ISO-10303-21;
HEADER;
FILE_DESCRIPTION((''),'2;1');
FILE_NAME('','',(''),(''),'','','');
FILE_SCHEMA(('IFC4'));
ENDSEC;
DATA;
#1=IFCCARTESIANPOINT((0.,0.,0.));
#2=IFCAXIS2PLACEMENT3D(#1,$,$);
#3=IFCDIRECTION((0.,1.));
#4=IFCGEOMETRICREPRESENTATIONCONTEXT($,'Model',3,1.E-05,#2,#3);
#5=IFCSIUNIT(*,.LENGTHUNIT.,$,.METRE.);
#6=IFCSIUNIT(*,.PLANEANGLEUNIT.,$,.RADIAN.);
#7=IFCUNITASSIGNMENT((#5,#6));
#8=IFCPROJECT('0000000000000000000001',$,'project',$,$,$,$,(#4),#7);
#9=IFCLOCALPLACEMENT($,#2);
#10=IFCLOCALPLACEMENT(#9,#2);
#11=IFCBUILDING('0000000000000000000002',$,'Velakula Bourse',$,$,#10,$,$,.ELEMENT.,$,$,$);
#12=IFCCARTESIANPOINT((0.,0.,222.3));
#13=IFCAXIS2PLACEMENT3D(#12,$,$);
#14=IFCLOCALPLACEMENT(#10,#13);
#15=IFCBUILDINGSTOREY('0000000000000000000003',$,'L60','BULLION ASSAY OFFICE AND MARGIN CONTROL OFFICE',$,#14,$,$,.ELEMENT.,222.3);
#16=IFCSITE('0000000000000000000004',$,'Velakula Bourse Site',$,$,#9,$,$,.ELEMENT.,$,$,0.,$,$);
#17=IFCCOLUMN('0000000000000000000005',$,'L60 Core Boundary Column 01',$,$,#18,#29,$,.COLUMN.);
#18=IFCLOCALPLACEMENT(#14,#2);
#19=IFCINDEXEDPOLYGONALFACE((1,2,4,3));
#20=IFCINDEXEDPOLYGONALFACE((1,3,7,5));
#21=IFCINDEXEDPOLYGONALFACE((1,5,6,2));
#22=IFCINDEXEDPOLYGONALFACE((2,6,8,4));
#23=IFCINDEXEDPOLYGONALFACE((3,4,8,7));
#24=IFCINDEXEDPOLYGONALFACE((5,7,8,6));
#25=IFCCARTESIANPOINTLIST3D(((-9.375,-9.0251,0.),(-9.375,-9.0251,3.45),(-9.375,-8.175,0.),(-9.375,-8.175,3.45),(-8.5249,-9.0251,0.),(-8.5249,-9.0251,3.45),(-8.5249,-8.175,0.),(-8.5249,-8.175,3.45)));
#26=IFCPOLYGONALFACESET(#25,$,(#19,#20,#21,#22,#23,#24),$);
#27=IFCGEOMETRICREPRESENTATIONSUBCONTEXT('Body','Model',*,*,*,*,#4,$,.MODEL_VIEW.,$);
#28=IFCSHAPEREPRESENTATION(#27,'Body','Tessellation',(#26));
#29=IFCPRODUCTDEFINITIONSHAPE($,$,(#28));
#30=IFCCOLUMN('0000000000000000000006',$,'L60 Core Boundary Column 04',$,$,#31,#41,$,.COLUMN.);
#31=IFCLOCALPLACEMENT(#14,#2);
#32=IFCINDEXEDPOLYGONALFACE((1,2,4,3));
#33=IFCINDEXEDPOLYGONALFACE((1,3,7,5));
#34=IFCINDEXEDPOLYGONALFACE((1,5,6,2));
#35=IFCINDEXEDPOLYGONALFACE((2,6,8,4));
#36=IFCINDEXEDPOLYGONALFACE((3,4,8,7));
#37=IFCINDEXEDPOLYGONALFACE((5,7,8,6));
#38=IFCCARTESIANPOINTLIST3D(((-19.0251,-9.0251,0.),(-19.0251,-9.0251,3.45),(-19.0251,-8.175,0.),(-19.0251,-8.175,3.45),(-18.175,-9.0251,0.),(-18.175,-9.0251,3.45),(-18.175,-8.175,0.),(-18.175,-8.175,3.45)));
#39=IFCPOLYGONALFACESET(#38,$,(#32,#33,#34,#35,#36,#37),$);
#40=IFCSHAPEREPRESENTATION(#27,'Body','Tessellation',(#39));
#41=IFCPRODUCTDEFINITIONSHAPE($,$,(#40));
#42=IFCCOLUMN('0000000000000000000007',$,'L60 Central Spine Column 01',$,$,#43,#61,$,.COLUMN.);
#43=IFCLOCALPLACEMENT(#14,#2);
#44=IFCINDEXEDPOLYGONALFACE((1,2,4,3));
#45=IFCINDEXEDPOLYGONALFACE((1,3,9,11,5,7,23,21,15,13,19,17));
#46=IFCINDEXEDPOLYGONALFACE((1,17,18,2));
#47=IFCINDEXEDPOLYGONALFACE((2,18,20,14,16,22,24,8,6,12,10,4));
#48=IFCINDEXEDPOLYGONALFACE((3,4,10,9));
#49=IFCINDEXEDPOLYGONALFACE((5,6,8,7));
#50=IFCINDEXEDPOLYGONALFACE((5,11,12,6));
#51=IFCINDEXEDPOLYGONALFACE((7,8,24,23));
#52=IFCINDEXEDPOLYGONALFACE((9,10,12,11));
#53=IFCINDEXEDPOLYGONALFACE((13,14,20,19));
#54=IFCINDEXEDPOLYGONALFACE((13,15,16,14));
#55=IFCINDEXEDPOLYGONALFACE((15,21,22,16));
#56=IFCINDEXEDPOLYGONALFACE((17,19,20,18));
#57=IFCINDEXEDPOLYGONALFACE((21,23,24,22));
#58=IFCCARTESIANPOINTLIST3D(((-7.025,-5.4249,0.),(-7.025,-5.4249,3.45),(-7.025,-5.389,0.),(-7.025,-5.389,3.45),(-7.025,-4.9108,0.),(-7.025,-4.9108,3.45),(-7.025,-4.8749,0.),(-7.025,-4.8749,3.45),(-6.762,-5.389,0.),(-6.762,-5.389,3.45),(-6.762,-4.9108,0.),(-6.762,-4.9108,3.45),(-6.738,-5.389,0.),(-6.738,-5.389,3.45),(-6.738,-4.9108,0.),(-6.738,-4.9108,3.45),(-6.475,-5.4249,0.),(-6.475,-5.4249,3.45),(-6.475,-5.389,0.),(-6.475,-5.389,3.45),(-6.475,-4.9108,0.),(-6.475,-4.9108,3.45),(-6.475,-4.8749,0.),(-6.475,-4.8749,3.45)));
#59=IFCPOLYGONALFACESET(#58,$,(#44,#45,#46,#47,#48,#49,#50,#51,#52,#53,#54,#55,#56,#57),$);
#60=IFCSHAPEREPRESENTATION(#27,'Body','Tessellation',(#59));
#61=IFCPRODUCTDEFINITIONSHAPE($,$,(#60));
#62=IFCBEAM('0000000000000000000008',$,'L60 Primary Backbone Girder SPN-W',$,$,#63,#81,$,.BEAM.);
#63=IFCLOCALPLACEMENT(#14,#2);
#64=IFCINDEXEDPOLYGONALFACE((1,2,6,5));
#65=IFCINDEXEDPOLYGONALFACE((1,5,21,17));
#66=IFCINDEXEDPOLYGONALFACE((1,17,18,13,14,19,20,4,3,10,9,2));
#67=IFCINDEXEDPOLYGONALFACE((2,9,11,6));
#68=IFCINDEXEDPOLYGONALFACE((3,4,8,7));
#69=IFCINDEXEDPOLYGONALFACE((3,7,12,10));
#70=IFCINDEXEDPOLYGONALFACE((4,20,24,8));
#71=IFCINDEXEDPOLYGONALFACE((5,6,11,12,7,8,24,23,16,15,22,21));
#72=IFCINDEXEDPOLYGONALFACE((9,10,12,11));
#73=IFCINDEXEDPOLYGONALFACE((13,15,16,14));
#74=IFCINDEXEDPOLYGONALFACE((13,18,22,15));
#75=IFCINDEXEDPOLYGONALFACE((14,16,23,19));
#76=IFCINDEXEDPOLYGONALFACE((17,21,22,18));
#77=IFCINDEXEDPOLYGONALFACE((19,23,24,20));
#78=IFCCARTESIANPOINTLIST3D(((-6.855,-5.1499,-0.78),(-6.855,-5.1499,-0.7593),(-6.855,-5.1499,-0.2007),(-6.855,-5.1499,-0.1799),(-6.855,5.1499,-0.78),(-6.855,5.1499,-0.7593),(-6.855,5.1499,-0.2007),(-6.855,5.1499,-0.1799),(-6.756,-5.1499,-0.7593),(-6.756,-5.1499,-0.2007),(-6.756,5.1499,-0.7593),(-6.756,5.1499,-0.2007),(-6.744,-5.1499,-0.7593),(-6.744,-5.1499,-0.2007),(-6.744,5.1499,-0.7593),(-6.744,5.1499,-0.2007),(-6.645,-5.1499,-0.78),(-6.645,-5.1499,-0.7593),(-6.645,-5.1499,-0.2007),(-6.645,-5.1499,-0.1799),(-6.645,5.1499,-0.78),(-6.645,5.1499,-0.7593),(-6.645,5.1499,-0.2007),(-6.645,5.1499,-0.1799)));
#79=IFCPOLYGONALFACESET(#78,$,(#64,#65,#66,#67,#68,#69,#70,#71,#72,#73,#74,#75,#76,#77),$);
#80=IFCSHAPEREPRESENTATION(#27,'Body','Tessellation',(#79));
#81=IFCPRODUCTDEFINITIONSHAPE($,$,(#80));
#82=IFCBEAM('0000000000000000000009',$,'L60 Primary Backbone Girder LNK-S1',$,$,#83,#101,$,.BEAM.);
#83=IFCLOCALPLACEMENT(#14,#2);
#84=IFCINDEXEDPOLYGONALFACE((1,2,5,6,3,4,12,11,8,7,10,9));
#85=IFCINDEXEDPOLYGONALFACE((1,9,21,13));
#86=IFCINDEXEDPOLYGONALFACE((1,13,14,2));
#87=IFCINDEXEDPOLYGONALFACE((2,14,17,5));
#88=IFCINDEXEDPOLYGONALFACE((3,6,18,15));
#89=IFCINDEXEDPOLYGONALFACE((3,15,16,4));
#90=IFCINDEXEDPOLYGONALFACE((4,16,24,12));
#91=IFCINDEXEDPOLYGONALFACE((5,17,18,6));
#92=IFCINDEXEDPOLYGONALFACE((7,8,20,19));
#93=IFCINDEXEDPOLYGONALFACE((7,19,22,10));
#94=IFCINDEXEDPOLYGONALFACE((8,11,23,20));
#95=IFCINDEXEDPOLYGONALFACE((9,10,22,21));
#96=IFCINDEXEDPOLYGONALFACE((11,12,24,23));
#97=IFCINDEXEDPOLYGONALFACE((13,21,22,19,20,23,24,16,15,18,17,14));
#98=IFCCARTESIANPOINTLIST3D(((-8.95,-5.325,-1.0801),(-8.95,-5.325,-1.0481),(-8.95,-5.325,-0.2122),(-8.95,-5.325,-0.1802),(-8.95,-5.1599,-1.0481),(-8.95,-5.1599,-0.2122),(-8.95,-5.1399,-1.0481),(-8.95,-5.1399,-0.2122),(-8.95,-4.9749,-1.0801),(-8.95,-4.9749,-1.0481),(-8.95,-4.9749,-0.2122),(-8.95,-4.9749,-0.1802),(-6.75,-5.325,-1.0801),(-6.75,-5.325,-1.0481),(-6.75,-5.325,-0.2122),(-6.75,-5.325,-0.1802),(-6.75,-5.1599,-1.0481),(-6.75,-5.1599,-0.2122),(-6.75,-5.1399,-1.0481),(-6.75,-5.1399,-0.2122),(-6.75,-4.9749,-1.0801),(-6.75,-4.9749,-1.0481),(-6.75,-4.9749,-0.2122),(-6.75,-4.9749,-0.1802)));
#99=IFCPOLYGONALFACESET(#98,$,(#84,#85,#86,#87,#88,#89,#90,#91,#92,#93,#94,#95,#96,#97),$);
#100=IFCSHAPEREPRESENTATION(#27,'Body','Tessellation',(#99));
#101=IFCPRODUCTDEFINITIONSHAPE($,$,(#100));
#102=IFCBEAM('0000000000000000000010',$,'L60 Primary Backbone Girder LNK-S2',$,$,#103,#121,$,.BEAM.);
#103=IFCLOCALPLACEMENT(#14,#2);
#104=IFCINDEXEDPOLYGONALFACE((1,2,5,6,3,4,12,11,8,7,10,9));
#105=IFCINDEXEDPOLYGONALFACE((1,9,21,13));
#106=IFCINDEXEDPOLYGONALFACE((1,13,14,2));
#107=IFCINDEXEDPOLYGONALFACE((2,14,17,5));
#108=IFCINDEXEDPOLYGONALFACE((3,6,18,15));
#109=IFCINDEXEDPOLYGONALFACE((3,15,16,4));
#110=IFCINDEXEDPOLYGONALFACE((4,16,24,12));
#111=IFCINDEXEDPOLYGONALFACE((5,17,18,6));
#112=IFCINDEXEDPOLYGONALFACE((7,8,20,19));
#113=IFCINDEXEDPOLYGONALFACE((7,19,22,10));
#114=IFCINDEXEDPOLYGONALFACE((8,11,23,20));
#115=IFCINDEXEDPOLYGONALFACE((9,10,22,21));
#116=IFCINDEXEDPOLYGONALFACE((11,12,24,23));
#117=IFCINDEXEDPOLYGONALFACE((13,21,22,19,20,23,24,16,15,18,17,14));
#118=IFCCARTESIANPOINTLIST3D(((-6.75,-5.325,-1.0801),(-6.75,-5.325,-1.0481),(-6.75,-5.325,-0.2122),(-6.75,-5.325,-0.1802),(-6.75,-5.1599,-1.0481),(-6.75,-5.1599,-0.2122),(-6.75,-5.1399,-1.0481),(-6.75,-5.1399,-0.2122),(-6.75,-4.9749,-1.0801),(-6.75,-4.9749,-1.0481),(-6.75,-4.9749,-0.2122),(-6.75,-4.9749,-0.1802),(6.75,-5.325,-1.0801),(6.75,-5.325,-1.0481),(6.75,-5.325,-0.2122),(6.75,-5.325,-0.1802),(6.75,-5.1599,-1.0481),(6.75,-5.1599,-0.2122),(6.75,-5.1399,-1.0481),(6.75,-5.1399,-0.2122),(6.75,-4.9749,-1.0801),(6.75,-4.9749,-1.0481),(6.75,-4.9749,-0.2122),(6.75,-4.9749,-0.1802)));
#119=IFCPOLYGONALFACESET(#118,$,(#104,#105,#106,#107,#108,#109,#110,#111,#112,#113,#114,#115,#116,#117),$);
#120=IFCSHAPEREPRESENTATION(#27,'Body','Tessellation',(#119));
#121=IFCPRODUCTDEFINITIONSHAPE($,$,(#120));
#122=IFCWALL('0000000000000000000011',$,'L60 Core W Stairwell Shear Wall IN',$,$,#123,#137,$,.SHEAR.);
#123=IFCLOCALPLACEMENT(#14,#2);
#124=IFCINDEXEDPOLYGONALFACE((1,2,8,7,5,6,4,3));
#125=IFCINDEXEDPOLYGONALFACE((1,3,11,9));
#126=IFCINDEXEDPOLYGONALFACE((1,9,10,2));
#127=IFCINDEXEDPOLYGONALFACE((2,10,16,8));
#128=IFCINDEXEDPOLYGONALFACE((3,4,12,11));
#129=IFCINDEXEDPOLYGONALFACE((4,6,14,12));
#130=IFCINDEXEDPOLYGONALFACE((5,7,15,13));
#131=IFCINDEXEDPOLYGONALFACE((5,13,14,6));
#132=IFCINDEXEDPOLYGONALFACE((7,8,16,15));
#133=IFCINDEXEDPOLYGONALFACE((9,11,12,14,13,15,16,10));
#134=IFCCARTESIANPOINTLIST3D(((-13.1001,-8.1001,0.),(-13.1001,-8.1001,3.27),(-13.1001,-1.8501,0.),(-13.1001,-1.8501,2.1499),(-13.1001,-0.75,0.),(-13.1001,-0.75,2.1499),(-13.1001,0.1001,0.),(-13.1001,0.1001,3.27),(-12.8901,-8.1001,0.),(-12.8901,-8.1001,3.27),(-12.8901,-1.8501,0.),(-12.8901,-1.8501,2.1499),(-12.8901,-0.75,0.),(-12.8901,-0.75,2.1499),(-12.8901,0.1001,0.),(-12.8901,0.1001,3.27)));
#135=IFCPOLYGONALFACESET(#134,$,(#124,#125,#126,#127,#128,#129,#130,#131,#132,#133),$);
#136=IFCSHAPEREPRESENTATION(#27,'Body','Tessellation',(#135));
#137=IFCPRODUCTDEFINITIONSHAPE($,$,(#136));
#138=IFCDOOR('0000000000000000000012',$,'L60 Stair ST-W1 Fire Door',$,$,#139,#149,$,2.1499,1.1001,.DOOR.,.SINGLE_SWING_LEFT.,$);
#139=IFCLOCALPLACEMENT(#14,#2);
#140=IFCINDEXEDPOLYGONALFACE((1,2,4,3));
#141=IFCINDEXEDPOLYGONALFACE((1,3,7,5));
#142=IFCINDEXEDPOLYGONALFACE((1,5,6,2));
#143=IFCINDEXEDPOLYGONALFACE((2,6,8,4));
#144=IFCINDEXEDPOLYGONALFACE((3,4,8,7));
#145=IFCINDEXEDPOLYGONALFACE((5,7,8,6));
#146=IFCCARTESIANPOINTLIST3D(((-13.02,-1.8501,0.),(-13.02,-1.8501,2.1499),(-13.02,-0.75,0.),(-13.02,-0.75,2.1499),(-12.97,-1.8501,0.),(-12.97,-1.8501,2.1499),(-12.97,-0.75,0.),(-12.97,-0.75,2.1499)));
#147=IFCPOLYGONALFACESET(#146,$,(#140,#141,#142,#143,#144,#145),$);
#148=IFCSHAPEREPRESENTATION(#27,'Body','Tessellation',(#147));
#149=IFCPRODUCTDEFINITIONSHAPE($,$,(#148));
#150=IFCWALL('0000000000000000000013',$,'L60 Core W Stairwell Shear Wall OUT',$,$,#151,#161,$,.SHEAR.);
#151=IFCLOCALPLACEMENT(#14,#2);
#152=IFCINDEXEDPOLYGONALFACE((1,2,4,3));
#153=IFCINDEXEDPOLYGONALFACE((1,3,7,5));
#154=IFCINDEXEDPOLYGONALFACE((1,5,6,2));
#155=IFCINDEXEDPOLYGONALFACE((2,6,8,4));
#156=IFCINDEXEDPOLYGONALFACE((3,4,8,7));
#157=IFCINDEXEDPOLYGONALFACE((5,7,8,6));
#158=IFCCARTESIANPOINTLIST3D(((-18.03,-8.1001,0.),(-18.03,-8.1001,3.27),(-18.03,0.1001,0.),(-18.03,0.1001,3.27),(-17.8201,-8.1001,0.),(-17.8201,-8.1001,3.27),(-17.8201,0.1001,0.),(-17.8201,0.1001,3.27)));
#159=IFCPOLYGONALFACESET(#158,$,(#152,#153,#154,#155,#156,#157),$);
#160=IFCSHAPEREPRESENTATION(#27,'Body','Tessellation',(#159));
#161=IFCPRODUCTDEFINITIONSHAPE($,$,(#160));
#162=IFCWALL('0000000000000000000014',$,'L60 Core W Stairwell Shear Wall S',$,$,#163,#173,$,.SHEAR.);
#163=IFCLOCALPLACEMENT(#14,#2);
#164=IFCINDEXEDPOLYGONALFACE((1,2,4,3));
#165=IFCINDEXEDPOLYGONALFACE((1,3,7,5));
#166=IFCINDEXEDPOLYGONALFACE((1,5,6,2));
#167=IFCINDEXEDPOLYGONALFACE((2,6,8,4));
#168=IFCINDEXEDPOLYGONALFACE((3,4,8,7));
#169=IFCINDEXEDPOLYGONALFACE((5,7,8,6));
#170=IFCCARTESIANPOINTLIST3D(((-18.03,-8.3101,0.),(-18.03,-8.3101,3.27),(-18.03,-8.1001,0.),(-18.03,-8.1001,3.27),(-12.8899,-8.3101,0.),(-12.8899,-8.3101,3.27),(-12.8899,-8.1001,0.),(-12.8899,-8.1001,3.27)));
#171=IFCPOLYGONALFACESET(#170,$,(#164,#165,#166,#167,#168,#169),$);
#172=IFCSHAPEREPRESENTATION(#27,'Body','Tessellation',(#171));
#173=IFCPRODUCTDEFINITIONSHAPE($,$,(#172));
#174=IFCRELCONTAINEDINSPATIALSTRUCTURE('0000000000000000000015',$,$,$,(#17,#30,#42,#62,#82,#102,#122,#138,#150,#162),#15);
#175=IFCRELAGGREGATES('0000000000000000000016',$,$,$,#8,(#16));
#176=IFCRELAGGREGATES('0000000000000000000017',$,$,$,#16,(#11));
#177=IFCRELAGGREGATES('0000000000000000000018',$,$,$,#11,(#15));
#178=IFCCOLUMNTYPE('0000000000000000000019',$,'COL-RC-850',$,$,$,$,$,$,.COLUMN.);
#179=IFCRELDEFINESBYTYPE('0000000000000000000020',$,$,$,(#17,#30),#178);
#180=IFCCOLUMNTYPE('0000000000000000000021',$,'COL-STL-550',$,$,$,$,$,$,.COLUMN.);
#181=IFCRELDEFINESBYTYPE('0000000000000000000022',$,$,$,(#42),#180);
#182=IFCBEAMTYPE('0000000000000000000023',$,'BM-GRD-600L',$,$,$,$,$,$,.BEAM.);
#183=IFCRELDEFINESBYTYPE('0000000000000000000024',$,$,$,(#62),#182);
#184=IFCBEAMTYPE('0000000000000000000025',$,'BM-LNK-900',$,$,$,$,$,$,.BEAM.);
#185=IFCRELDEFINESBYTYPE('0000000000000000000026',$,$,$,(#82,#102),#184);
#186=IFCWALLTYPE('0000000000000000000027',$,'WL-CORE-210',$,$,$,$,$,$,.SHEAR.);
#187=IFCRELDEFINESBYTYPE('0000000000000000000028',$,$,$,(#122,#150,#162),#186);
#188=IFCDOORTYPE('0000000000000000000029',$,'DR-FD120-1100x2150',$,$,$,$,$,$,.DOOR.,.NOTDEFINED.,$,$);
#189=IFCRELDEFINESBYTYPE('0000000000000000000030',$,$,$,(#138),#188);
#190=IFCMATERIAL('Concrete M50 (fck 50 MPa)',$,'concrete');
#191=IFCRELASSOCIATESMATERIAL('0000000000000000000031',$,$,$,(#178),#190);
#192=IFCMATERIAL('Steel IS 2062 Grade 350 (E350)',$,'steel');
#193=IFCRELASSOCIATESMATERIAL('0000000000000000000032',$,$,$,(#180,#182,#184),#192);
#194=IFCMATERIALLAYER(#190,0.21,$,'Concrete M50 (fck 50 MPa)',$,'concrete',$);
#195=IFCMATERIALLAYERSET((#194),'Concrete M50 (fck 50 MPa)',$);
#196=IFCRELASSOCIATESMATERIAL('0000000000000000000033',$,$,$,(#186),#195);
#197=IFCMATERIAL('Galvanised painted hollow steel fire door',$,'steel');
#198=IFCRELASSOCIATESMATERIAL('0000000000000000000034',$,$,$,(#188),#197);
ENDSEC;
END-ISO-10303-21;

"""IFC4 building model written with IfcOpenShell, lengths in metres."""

from ifc_helpers import new_model, si_unit, direction, frame, frame_2d, origin, origin_2d, place, context, subcontext, project, spatial, rectangle, i_section, extrude, material, layer, layer_set, material_profile, profile_set, type_object, element, fill, save


model = new_model("IFC4")

# Units and contexts
model_context = context("Model", 3, precision=1e-05, world=origin(), true_north=direction((0.0, 1.0)))
body_context = subcontext(model_context, "Body", "Model", "MODEL_VIEW")
ifc_project = project(units=[si_unit("LENGTHUNIT", "METRE"), si_unit("PLANEANGLEUNIT", "RADIAN")], contexts=[model_context])

# Site, building, storey
site_placement = place(None, origin())
site = spatial("IfcSite", under=ifc_project, at=site_placement, Name="Velakula Bourse Site", CompositionType="ELEMENT", RefElevation=0.0)
building_placement = place(site_placement, origin())
building = spatial("IfcBuilding", under=site, at=building_placement, Name="Velakula Bourse", CompositionType="ELEMENT")
storey_placement = place(building_placement, frame((0.0, 0.0, 222.3)))
storey = spatial("IfcBuildingStorey", under=building, at=storey_placement, Name="L60", Description="BULLION ASSAY OFFICE AND MARGIN CONTROL OFFICE", CompositionType="ELEMENT", Elevation=222.3)

# Columns
ifc_material_1 = material(Name="Concrete M50 (fck 50 MPa)", Category="concrete")
ifc_material_profile_1 = material_profile(ifc_material_1, rectangle(XDim=0.8501, YDim=0.8501, at=origin_2d()), Name="Concrete M50 (fck 50 MPa)")
ifc_profile_set_1 = profile_set([ifc_material_profile_1], Name="Concrete M50 (fck 50 MPa)")
column_type_1 = type_object("IfcColumnType", Name="COL-RC-850", PredefinedType="COLUMN", material=ifc_profile_set_1)
for number, where, z_axis, x_axis, name in (
    (1, (-8.95, -8.6001, 0.0), (0.0, 0.0, 1.0), (1.0, 0.0, 0.0), "L60 Core Boundary Column 01"),
    (2, (-18.6001, -8.6001, 0.0), (0.0, 0.0, 1.0), (1.0, 0.0, 0.0), "L60 Core Boundary Column 04"),
):
    element("IfcColumn", number, at=place(storey_placement, frame(where, z_axis=z_axis, x_axis=x_axis)), inside=storey, type_object=column_type_1, Name=name, PredefinedType="COLUMN", context=body_context, shape_type="SweptSolid", body=[
        extrude(rectangle(XDim=0.8501, YDim=0.8501, at=origin_2d()), origin(), (0.0, 0.0, 1.0), 3.45),
    ])
ifc_material_2 = material(Name="Steel IS 2062 Grade 350 (E350)", Category="steel")
ifc_material_profile_2 = material_profile(ifc_material_2, i_section(OverallWidth=0.55, OverallDepth=0.55, WebThickness=0.0239, FlangeThickness=0.0359, at=origin_2d()), Name="Steel IS 2062 Grade 350 (E350)")
ifc_profile_set_2 = profile_set([ifc_material_profile_2], Name="Steel IS 2062 Grade 350 (E350)")
column_type_2 = type_object("IfcColumnType", Name="COL-STL-550", PredefinedType="COLUMN", material=ifc_profile_set_2)
column_placement = place(storey_placement, frame((-6.75, -5.1499, 0.0), z_axis=(0.0, 0.0, 1.0), x_axis=(1.0, 0.0, 0.0)))
element("IfcColumn", 3, at=column_placement, inside=storey, type_object=column_type_2, Name="L60 Central Spine Column 01", PredefinedType="COLUMN", context=body_context, shape_type="SweptSolid", body=[
    extrude(i_section(OverallWidth=0.55, OverallDepth=0.55, WebThickness=0.0239, FlangeThickness=0.0359, at=origin_2d()), origin(), (0.0, 0.0, 1.0), 3.45),
])

# Beams
ifc_material_profile_3 = material_profile(ifc_material_2, i_section(OverallWidth=0.21, OverallDepth=0.6001, WebThickness=0.012, FlangeThickness=0.0208, at=origin_2d()), Name="Steel IS 2062 Grade 350 (E350)")
ifc_profile_set_3 = profile_set([ifc_material_profile_3], Name="Steel IS 2062 Grade 350 (E350)")
beam_type_1 = type_object("IfcBeamType", Name="BM-GRD-600L", PredefinedType="BEAM", material=ifc_profile_set_3)
beam_1_placement = place(storey_placement, frame((-6.75, -5.1499, -0.48), z_axis=(0.0, 1.0, 0.0), x_axis=(-1.0, 0.0, 0.0)))
element("IfcBeam", 4, at=beam_1_placement, inside=storey, type_object=beam_type_1, Name="L60 Primary Backbone Girder SPN-W", PredefinedType="BEAM", context=body_context, shape_type="SweptSolid", body=[
    extrude(i_section(OverallWidth=0.21, OverallDepth=0.6001, WebThickness=0.012, FlangeThickness=0.0208, at=origin_2d()), origin(), (0.0, 0.0, 1.0), 10.2998),
])
ifc_material_profile_4 = material_profile(ifc_material_2, i_section(OverallWidth=0.3501, OverallDepth=0.8999, WebThickness=0.02, FlangeThickness=0.032, at=origin_2d()), Name="Steel IS 2062 Grade 350 (E350)")
ifc_profile_set_4 = profile_set([ifc_material_profile_4], Name="Steel IS 2062 Grade 350 (E350)")
beam_type_2 = type_object("IfcBeamType", Name="BM-LNK-900", PredefinedType="BEAM", material=ifc_profile_set_4)
beam_2_placement = place(storey_placement, frame((-8.95, -5.1499, -0.6301), z_axis=(1.0, 0.0, 0.0), x_axis=(0.0, 1.0, 0.0)))
element("IfcBeam", 5, at=beam_2_placement, inside=storey, type_object=beam_type_2, Name="L60 Primary Backbone Girder LNK-S1", PredefinedType="BEAM", context=body_context, shape_type="SweptSolid", body=[
    extrude(i_section(OverallWidth=0.3501, OverallDepth=0.8999, WebThickness=0.02, FlangeThickness=0.032, at=origin_2d()), origin(), (0.0, 0.0, 1.0), 2.2),
])
beam_3_placement = place(storey_placement, frame((-6.75, -5.1499, -0.6301), z_axis=(1.0, 0.0, 0.0), x_axis=(0.0, 1.0, 0.0)))
element("IfcBeam", 6, at=beam_3_placement, inside=storey, type_object=beam_type_2, Name="L60 Primary Backbone Girder LNK-S2", PredefinedType="BEAM", context=body_context, shape_type="SweptSolid", body=[
    extrude(i_section(OverallWidth=0.3501, OverallDepth=0.8999, WebThickness=0.02, FlangeThickness=0.032, at=origin_2d()), origin(), (0.0, 0.0, 1.0), 13.5),
])

# Wall, opening, door
ifc_layer_1 = layer(ifc_material_1, 0.21, Name="Concrete M50 (fck 50 MPa)", Category="concrete")
ifc_layer_set_1 = layer_set([ifc_layer_1], Name="Concrete M50 (fck 50 MPa)")
wall_type_1 = type_object("IfcWallType", Name="WL-CORE-210", PredefinedType="SHEAR", material=ifc_layer_set_1)
wall_1_placement = place(storey_placement, frame((-12.9951, -8.1001, 0.0), z_axis=(0.0, 0.0, 1.0), x_axis=(0.0, 1.0, 0.0)))
wall_1 = element("IfcWall", 7, at=wall_1_placement, inside=storey, type_object=wall_type_1, Name="L60 Core W Stairwell Shear Wall IN", PredefinedType="SHEAR", context=body_context, shape_type="SweptSolid", body=[
    extrude(rectangle(XDim=8.2002, YDim=0.21, at=frame_2d((4.1001, 0.0))), origin(), (0.0, 0.0, 1.0), 3.27),
])
opening_1_placement = place(wall_1_placement, frame((6.25, 0.0, 0.0)))
opening_1 = element("IfcOpeningElement", 8, at=opening_1_placement, cuts=wall_1, PredefinedType="OPENING", context=body_context, shape_type="SweptSolid", body=[
    extrude(rectangle(XDim=1.1001, YDim=2.1499, at=frame_2d((0.55, 1.075))), frame((0.0, 0.115, 0.0), z_axis=(0.0, -1.0, 0.0), x_axis=(1.0, 0.0, 0.0)), (0.0, 0.0, 1.0), 0.23),
])
ifc_material_3 = material(Name="Galvanised painted hollow steel fire door", Category="steel")
door_type_1 = type_object("IfcDoorType", Name="DR-FD120-1100x2150", OperationType="NOTDEFINED", PredefinedType="DOOR", material=ifc_material_3)
door_1_placement = place(opening_1_placement, origin())
door_1 = element("IfcDoor", 9, at=door_1_placement, inside=storey, type_object=door_type_1, Name="L60 Stair ST-W1 Fire Door", OperationType="SINGLE_SWING_LEFT", OverallHeight=2.1499, OverallWidth=1.1001, PredefinedType="DOOR", context=body_context, shape_type="SweptSolid", body=[
    extrude(rectangle(XDim=1.1001, YDim=2.1499, at=frame_2d((0.55, 1.075))), frame((0.0, 0.0249, 0.0), z_axis=(0.0, -1.0, 0.0), x_axis=(1.0, 0.0, 0.0)), (0.0, 0.0, 1.0), 0.05),
])
fill(opening_1, door_1)

# Walls
wall_2_placement = place(storey_placement, frame((-17.925, -8.1001, 0.0), z_axis=(0.0, 0.0, 1.0), x_axis=(0.0, 1.0, 0.0)))
element("IfcWall", 10, at=wall_2_placement, inside=storey, type_object=wall_type_1, Name="L60 Core W Stairwell Shear Wall OUT", PredefinedType="SHEAR", context=body_context, shape_type="SweptSolid", body=[
    extrude(rectangle(XDim=8.2002, YDim=0.21, at=frame_2d((4.1001, 0.0))), origin(), (0.0, 0.0, 1.0), 3.27),
])
wall_3_placement = place(storey_placement, frame((-18.03, -8.2051, 0.0), z_axis=(0.0, 0.0, 1.0), x_axis=(1.0, 0.0, 0.0)))
element("IfcWall", 11, at=wall_3_placement, inside=storey, type_object=wall_type_1, Name="L60 Core W Stairwell Shear Wall S", PredefinedType="SHEAR", context=body_context, shape_type="SweptSolid", body=[
    extrude(rectangle(XDim=5.1401, YDim=0.21, at=frame_2d((2.5701, 0.0))), origin(), (0.0, 0.0, 1.0), 3.27),
])

save(model, "model.ifc")
